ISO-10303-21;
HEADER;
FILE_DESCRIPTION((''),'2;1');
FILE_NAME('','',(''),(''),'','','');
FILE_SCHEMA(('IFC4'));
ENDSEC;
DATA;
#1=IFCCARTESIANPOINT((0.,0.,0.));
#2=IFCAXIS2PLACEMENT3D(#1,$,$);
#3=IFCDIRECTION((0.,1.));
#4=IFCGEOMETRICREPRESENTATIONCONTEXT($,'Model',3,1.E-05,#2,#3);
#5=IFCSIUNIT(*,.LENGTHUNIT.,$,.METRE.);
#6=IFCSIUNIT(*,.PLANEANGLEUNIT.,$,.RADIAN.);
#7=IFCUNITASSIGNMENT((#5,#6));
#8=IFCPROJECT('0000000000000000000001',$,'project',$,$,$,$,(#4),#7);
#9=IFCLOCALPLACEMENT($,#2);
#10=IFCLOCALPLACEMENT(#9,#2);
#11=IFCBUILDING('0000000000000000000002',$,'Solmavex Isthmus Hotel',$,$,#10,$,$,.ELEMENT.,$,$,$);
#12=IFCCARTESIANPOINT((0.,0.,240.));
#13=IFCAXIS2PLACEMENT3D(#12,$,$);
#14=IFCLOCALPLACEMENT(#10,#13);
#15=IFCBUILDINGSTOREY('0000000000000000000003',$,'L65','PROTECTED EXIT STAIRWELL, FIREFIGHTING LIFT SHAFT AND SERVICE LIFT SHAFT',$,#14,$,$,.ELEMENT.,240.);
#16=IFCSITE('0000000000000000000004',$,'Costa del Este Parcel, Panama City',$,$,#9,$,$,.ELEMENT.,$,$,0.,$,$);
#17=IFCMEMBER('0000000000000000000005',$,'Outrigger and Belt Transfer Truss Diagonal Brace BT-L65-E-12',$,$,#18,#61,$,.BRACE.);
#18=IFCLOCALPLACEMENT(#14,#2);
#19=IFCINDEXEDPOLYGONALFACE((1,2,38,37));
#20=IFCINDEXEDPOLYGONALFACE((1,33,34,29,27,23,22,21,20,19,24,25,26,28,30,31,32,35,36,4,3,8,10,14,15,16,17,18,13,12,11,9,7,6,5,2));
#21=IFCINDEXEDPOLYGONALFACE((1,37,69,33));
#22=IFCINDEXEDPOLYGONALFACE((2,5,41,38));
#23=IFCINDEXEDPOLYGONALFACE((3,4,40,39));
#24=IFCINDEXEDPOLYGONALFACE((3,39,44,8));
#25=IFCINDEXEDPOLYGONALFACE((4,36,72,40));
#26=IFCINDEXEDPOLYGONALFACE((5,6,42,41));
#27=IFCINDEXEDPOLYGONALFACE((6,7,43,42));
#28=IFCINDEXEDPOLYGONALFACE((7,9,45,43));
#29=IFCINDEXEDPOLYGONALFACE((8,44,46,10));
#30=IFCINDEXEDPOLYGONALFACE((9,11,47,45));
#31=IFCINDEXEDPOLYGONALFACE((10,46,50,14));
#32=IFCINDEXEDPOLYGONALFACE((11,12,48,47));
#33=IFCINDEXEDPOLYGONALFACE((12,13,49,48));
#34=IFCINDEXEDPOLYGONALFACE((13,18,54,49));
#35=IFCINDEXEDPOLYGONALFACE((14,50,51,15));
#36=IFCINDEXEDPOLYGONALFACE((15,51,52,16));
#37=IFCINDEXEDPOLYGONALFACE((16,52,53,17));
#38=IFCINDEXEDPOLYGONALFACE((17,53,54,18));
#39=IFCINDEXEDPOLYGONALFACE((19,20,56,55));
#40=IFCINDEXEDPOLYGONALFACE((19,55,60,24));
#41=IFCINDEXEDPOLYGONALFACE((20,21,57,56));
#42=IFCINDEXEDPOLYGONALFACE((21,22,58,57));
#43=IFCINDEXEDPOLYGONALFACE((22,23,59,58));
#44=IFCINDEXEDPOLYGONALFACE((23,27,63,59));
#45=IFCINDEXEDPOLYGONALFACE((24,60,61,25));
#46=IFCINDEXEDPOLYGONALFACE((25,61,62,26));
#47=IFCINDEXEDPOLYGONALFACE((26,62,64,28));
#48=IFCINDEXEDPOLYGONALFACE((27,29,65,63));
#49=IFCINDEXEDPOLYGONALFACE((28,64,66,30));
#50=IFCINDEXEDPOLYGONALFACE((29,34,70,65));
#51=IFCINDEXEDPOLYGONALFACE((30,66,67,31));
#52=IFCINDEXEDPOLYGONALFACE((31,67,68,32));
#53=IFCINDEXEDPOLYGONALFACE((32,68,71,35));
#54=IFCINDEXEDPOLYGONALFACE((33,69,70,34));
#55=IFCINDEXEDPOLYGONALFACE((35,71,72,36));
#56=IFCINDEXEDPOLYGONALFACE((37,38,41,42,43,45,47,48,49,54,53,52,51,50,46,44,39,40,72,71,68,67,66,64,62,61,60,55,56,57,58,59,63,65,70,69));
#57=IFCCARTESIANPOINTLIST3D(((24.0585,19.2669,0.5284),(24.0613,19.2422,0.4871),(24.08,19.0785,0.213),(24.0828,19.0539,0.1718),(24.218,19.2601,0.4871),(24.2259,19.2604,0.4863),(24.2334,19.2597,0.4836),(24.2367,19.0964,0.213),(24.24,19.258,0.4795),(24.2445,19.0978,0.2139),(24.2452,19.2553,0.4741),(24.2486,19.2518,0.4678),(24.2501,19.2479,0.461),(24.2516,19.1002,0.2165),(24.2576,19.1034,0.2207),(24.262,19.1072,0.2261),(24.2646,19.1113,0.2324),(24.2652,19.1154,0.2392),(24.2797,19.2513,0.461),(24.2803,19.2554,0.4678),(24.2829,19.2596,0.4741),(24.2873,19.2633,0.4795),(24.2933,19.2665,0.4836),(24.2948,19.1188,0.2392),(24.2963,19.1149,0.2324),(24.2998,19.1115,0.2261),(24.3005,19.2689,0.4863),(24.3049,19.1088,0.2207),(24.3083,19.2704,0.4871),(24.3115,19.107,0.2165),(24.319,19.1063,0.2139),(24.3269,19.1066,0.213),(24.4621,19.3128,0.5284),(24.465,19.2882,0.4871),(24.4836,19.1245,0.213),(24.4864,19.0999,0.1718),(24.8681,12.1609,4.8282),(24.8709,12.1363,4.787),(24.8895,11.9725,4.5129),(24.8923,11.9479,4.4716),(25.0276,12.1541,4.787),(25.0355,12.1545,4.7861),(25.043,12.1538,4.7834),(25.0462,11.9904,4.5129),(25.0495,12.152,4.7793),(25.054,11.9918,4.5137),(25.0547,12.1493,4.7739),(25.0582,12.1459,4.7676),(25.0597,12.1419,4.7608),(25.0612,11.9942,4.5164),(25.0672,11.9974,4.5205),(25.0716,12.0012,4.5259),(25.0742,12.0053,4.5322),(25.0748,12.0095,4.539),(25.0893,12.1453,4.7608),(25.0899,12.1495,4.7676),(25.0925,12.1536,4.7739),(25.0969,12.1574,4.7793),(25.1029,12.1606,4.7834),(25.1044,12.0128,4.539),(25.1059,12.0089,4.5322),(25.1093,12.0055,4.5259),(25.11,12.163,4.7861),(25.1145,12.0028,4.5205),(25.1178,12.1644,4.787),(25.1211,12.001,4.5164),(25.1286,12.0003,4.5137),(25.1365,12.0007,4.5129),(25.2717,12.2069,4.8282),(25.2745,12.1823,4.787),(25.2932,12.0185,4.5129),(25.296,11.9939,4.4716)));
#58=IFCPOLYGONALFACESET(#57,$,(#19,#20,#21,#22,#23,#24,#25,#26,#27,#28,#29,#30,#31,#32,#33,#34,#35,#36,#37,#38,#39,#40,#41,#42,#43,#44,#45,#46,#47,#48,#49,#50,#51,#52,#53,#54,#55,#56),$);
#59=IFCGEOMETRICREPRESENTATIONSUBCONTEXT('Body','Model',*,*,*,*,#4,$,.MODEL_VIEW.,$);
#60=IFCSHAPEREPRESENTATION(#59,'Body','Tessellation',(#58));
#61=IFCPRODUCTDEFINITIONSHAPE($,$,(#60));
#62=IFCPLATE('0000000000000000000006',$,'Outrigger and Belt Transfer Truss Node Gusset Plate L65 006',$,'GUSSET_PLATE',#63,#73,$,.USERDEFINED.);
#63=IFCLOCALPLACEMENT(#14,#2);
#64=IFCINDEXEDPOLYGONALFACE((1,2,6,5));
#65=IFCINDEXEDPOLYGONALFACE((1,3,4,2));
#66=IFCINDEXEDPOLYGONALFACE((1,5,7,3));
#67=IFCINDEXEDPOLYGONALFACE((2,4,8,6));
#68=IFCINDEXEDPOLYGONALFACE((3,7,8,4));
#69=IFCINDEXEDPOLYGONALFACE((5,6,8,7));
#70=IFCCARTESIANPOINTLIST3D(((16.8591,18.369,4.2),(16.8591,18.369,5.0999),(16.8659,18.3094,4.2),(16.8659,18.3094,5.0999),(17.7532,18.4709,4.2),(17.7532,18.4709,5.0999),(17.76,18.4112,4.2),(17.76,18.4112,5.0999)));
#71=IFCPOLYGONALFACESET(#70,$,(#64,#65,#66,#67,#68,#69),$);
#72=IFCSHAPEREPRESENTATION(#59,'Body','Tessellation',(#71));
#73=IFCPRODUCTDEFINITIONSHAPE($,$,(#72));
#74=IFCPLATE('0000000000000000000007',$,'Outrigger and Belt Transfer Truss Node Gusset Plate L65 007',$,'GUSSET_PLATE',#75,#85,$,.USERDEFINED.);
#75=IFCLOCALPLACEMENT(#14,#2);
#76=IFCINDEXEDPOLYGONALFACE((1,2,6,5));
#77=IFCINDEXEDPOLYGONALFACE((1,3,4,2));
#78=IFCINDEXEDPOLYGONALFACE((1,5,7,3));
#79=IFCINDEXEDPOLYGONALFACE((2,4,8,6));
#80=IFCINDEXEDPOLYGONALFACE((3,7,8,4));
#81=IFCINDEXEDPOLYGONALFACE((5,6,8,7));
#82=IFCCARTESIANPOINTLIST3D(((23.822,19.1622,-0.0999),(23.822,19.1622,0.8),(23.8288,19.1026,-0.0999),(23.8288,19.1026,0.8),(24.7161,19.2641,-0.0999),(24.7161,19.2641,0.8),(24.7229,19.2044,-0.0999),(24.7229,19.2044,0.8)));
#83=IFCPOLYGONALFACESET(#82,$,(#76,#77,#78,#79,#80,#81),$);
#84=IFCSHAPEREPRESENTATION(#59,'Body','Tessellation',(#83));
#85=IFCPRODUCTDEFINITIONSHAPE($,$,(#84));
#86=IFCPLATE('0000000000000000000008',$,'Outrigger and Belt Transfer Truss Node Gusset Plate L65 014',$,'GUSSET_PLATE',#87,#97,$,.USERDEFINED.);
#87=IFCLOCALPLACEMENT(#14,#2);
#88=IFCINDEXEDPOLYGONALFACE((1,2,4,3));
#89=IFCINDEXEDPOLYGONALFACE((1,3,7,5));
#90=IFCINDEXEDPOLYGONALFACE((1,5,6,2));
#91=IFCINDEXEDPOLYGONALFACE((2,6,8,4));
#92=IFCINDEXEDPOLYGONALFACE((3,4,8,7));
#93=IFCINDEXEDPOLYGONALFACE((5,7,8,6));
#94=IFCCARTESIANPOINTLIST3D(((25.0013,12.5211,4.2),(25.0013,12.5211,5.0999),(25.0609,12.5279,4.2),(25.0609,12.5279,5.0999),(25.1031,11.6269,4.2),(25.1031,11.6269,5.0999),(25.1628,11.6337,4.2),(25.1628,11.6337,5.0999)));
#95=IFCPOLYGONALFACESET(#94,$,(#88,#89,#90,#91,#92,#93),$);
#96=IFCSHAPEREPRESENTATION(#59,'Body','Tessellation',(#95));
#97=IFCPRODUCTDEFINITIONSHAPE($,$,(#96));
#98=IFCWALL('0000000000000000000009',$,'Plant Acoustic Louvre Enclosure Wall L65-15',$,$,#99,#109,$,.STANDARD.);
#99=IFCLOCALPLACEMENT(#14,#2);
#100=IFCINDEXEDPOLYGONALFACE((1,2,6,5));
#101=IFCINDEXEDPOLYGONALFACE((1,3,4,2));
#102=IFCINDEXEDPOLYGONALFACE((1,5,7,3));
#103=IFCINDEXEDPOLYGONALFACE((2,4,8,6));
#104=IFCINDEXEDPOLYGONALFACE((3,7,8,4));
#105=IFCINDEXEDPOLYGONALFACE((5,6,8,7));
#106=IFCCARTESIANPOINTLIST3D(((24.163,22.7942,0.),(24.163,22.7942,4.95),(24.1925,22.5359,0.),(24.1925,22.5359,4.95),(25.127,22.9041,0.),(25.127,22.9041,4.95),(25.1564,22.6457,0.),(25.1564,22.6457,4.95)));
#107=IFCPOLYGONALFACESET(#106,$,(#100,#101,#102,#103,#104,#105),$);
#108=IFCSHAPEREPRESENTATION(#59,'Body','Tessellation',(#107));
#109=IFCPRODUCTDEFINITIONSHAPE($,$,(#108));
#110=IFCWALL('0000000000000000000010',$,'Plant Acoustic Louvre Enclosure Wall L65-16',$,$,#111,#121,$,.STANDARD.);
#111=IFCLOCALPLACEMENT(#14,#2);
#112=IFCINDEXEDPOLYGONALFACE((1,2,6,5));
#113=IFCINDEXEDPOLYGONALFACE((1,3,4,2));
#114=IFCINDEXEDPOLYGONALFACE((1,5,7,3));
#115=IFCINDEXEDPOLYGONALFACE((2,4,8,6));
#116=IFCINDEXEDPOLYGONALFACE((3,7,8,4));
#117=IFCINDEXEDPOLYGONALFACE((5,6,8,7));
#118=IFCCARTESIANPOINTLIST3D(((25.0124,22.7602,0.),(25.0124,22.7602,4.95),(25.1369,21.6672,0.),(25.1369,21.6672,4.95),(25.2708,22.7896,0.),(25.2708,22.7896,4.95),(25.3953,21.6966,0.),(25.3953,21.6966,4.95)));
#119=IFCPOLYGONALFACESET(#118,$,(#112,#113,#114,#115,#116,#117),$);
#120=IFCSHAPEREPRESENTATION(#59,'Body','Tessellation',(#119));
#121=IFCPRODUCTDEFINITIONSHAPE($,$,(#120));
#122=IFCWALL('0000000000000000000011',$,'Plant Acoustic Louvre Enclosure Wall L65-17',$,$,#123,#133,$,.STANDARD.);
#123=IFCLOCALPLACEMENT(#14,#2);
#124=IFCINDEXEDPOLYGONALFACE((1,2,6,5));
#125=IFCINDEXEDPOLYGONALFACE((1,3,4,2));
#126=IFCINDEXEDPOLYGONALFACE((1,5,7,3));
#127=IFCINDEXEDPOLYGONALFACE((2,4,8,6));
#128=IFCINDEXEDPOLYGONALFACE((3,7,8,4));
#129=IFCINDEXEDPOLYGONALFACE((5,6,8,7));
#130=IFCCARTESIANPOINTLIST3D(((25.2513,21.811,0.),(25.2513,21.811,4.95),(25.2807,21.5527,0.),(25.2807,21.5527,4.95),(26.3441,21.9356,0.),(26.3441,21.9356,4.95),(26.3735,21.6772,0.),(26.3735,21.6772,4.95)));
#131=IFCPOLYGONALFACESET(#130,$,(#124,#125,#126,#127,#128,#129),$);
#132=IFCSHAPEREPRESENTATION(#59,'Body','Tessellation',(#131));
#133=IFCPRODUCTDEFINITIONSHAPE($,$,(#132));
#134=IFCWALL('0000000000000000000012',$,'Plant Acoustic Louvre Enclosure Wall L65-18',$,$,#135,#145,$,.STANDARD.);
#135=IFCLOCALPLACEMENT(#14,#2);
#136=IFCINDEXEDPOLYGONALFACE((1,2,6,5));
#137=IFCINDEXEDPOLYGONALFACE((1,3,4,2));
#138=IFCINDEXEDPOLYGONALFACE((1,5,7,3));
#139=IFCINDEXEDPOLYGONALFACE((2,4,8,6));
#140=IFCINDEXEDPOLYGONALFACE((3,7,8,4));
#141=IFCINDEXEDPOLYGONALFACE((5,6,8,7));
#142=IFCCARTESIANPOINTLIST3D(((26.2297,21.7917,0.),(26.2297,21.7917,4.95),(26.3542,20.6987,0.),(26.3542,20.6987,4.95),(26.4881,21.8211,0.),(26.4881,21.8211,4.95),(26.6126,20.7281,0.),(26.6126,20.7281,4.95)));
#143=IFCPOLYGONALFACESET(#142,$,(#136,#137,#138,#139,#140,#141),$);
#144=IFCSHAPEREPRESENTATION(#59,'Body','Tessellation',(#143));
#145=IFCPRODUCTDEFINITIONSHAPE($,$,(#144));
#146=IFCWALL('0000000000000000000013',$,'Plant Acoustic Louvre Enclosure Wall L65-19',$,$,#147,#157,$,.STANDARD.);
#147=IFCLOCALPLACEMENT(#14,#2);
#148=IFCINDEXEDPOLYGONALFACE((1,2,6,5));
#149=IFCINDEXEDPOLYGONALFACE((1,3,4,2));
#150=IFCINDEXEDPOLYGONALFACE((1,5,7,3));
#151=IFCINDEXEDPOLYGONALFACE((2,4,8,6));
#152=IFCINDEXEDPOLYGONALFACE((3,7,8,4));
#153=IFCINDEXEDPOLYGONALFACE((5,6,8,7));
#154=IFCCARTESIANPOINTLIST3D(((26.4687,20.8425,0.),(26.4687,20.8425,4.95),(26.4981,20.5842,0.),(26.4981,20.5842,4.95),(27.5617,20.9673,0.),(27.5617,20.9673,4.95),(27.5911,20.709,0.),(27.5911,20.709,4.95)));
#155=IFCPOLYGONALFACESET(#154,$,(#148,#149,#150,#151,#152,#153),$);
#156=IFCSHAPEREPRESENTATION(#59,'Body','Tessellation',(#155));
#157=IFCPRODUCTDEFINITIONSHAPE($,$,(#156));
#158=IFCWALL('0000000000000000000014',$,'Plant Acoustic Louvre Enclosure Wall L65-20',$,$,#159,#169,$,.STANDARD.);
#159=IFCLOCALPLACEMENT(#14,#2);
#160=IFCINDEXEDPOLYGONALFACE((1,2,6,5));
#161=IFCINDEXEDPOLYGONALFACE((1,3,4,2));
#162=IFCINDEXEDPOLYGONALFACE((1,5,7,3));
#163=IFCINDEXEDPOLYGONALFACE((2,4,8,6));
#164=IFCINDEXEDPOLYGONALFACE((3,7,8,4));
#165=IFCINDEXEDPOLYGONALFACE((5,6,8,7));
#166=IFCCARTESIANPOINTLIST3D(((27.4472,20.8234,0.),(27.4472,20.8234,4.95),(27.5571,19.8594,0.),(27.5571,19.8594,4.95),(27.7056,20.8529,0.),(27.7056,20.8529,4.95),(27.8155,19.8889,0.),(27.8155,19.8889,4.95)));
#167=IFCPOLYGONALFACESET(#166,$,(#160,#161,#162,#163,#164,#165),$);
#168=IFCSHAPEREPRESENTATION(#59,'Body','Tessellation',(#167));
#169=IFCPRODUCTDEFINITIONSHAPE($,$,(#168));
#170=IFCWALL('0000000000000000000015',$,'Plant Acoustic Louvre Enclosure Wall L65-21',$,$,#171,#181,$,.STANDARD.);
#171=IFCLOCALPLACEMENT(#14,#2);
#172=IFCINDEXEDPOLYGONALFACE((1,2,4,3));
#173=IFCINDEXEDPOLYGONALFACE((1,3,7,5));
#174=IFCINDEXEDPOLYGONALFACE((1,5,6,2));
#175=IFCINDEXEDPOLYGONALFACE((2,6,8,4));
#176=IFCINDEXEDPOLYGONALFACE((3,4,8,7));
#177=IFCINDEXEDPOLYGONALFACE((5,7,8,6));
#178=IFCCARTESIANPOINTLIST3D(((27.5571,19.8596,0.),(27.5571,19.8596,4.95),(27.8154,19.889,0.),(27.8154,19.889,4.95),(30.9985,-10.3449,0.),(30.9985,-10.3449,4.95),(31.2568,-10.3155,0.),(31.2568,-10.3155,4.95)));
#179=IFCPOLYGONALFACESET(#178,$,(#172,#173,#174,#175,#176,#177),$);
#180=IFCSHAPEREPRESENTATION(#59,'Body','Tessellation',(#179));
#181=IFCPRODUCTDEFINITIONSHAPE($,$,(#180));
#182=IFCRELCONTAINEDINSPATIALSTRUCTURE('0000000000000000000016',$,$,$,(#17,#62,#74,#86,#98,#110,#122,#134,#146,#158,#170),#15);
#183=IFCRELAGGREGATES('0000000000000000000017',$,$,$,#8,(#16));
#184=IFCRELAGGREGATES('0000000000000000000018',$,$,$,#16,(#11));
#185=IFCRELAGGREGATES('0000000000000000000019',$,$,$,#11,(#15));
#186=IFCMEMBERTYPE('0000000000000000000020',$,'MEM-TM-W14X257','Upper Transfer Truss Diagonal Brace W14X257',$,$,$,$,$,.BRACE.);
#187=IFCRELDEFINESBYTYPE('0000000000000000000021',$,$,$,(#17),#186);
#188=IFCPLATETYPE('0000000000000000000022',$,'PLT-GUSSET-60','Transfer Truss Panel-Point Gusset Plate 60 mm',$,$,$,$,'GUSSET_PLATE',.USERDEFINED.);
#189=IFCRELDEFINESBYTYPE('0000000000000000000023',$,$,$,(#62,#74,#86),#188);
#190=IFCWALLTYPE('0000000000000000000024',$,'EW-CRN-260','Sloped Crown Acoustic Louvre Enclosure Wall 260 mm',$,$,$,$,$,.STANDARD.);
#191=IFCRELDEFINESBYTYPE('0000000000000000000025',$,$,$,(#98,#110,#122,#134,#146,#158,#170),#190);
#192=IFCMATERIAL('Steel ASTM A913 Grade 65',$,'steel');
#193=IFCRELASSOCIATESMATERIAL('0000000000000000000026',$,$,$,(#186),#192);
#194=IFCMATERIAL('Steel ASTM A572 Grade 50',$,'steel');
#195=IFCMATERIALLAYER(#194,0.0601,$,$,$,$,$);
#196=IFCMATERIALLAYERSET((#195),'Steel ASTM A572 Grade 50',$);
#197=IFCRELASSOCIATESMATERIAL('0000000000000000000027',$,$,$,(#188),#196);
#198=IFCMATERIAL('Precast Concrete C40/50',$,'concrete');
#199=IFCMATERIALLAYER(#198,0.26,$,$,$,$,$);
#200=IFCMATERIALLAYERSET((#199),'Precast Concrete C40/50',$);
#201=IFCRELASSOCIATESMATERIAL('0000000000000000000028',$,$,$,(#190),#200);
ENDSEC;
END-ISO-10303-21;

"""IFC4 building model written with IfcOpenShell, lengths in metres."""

from ifc_helpers import new_model, si_unit, direction, frame, frame_2d, origin, origin_2d, place, context, subcontext, project, spatial, rectangle, i_section, extrude, material, layer, layer_set, material_profile, profile_set, type_object, element, save


model = new_model("IFC4")

# Units and contexts
model_context = context("Model", 3, precision=1e-05, world=origin(), true_north=direction((0.0, 1.0)))
body_context = subcontext(model_context, "Body", "Model", "MODEL_VIEW")
ifc_project = project(units=[si_unit("LENGTHUNIT", "METRE"), si_unit("PLANEANGLEUNIT", "RADIAN")], contexts=[model_context])

# Site, building, storey
site_placement = place(None, origin())
site = spatial("IfcSite", under=ifc_project, at=site_placement, Name="Costa del Este Parcel, Panama City", CompositionType="ELEMENT", RefElevation=0.0)
building_placement = place(site_placement, origin())
building = spatial("IfcBuilding", under=site, at=building_placement, Name="Solmavex Isthmus Hotel", CompositionType="ELEMENT")
storey_placement = place(building_placement, frame((0.0, 0.0, 240.0)))
storey = spatial("IfcBuildingStorey", under=building, at=storey_placement, Name="L65", Description="PROTECTED EXIT STAIRWELL, FIREFIGHTING LIFT SHAFT AND SERVICE LIFT SHAFT", CompositionType="ELEMENT", Elevation=240.0)

# Shared definitions
ifc_material_1 = material(Name="Steel ASTM A913 Grade 65", Category="steel")

# Member
ifc_material_profile_1 = material_profile(ifc_material_1, i_section(OverallWidth=0.4062, OverallDepth=0.416, WebThickness=0.0298, FlangeThickness=0.0481, FilletRadius=0.0305, at=origin_2d()), Name="W14X257")
ifc_profile_set_1 = profile_set([ifc_material_profile_1], Name="Steel ASTM A913 Grade 65")
member_type_1 = type_object("IfcMemberType", Name="MEM-TM-W14X257", Description="Upper Transfer Truss Diagonal Brace W14X257", PredefinedType="BRACE", material=ifc_profile_set_1)
member_1_placement = place(storey_placement, frame((25.082, 12.0774, 4.6499), z_axis=(-0.097013, 0.851527, -0.515258), x_axis=(-0.993573, -0.113196, 0.0)))
element("IfcMember", 1, at=member_1_placement, inside=storey, type_object=member_type_1, Name="Outrigger and Belt Transfer Truss Diagonal Brace BT-L65-E-12", PredefinedType="BRACE", context=body_context, shape_type="SweptSolid", body=[
    extrude(i_section(OverallWidth=0.4062, OverallDepth=0.416, WebThickness=0.0298, FlangeThickness=0.0481, FilletRadius=0.0305, at=origin_2d()), origin(), (0.0, 0.0, 1.0), 8.345),
])

# Plates
ifc_material_2 = material(Name="Steel ASTM A572 Grade 50", Category="steel")
ifc_layer_1 = layer(ifc_material_2, 0.0601)
ifc_layer_set_1 = layer_set([ifc_layer_1], Name="Steel ASTM A572 Grade 50")
plate_type = type_object("IfcPlateType", Name="PLT-GUSSET-60", Description="Transfer Truss Panel-Point Gusset Plate 60 mm", ElementType="GUSSET_PLATE", PredefinedType="USERDEFINED", material=ifc_layer_set_1)
for number, where, z_axis, x_axis, name in (
    (2, (17.3096, 18.3901, 4.2), (0.0, 0.0, 1.0), (0.993572, 0.113203, 0.0), "Outrigger and Belt Transfer Truss Node Gusset Plate L65 006"),
    (3, (24.2725, 19.1833, -0.0999), (0.0, 0.0, 1.0), (0.993572, 0.113203, 0.0), "Outrigger and Belt Transfer Truss Node Gusset Plate L65 007"),
    (4, (25.082, 12.0774, 4.2), (0.0, 0.0, 1.0), (-0.113203, 0.993572, 0.0), "Outrigger and Belt Transfer Truss Node Gusset Plate L65 014"),
):
    element("IfcPlate", number, at=place(storey_placement, frame(where, z_axis=z_axis, x_axis=x_axis)), inside=storey, type_object=plate_type, Name=name, ObjectType="GUSSET_PLATE", PredefinedType="USERDEFINED", context=body_context, shape_type="SweptSolid", body=[
        extrude(rectangle(XDim=0.8999, YDim=0.0601, at=origin_2d()), origin(), (0.0, 0.0, 1.0), 0.8999),
    ])

# Walls
ifc_material_3 = material(Name="Precast Concrete C40/50", Category="concrete")
ifc_layer_2 = layer(ifc_material_3, 0.26)
ifc_layer_set_2 = layer_set([ifc_layer_2], Name="Precast Concrete C40/50")
wall_type = type_object("IfcWallType", Name="EW-CRN-260", Description="Sloped Crown Acoustic Louvre Enclosure Wall 260 mm", PredefinedType="STANDARD", material=ifc_layer_set_2)
wall_1_placement = place(storey_placement, frame((24.1777, 22.665, 0.0), z_axis=(0.0, 0.0, 1.0), x_axis=(0.993567, 0.113248, 0.0)))
element("IfcWall", 5, at=wall_1_placement, inside=storey, type_object=wall_type, Name="Plant Acoustic Louvre Enclosure Wall L65-15", PredefinedType="STANDARD", context=body_context, shape_type="SweptSolid", body=[
    extrude(rectangle(XDim=0.9702, YDim=0.26, at=frame_2d((0.4851, 0.0))), origin(), (0.0, 0.0, 1.0), 4.95),
])
wall_2_placement = place(storey_placement, frame((25.1416, 22.7749, 0.0), z_axis=(0.0, 0.0, 1.0), x_axis=(0.113184, -0.993574, 0.0)))
element("IfcWall", 6, at=wall_2_placement, inside=storey, type_object=wall_type, Name="Plant Acoustic Louvre Enclosure Wall L65-16", PredefinedType="STANDARD", context=body_context, shape_type="SweptSolid", body=[
    extrude(rectangle(XDim=1.1001, YDim=0.26, at=frame_2d((0.55, 0.0))), origin(), (0.0, 0.0, 1.0), 4.95),
])
wall_3_placement = place(storey_placement, frame((25.2661, 21.6819, 0.0), z_axis=(0.0, 0.0, 1.0), x_axis=(0.993571, 0.113209, 0.0)))
element("IfcWall", 7, at=wall_3_placement, inside=storey, type_object=wall_type, Name="Plant Acoustic Louvre Enclosure Wall L65-17", PredefinedType="STANDARD", context=body_context, shape_type="SweptSolid", body=[
    extrude(rectangle(XDim=1.0999, YDim=0.26, at=frame_2d((0.5498, 0.0))), origin(), (0.0, 0.0, 1.0), 4.95),
])
for number, where, z_axis, x_axis, name in (
    (8, (26.3589, 21.8064, 0.0), (0.0, 0.0, 1.0), (0.113184, -0.993574, 0.0), "Plant Acoustic Louvre Enclosure Wall L65-18"),
    (9, (26.4834, 20.7134, 0.0), (0.0, 0.0, 1.0), (0.993549, 0.113403, 0.0), "Plant Acoustic Louvre Enclosure Wall L65-19"),
):
    element("IfcWall", number, at=place(storey_placement, frame(where, z_axis=z_axis, x_axis=x_axis)), inside=storey, type_object=wall_type, Name=name, PredefinedType="STANDARD", context=body_context, shape_type="SweptSolid", body=[
        extrude(rectangle(XDim=1.1001, YDim=0.26, at=frame_2d((0.55, 0.0))), origin(), (0.0, 0.0, 1.0), 4.95),
    ])
wall_4_placement = place(storey_placement, frame((27.5764, 20.8381, 0.0), z_axis=(0.0, 0.0, 1.0), x_axis=(0.113248, -0.993567, 0.0)))
element("IfcWall", 10, at=wall_4_placement, inside=storey, type_object=wall_type, Name="Plant Acoustic Louvre Enclosure Wall L65-20", PredefinedType="STANDARD", context=body_context, shape_type="SweptSolid", body=[
    extrude(rectangle(XDim=0.9702, YDim=0.26, at=frame_2d((0.4851, 0.0))), origin(), (0.0, 0.0, 1.0), 4.95),
])
wall_5_placement = place(storey_placement, frame((27.6863, 19.8743, 0.0), z_axis=(0.0, 0.0, 1.0), x_axis=(0.113204, -0.993572, 0.0)))
element("IfcWall", 11, at=wall_5_placement, inside=storey, type_object=wall_type, Name="Plant Acoustic Louvre Enclosure Wall L65-21", PredefinedType="STANDARD", context=body_context, shape_type="SweptSolid", body=[
    extrude(rectangle(XDim=30.3999, YDim=0.26, at=frame_2d((15.2, 0.0))), origin(), (0.0, 0.0, 1.0), 4.95),
])

save(model, "model.ifc")
